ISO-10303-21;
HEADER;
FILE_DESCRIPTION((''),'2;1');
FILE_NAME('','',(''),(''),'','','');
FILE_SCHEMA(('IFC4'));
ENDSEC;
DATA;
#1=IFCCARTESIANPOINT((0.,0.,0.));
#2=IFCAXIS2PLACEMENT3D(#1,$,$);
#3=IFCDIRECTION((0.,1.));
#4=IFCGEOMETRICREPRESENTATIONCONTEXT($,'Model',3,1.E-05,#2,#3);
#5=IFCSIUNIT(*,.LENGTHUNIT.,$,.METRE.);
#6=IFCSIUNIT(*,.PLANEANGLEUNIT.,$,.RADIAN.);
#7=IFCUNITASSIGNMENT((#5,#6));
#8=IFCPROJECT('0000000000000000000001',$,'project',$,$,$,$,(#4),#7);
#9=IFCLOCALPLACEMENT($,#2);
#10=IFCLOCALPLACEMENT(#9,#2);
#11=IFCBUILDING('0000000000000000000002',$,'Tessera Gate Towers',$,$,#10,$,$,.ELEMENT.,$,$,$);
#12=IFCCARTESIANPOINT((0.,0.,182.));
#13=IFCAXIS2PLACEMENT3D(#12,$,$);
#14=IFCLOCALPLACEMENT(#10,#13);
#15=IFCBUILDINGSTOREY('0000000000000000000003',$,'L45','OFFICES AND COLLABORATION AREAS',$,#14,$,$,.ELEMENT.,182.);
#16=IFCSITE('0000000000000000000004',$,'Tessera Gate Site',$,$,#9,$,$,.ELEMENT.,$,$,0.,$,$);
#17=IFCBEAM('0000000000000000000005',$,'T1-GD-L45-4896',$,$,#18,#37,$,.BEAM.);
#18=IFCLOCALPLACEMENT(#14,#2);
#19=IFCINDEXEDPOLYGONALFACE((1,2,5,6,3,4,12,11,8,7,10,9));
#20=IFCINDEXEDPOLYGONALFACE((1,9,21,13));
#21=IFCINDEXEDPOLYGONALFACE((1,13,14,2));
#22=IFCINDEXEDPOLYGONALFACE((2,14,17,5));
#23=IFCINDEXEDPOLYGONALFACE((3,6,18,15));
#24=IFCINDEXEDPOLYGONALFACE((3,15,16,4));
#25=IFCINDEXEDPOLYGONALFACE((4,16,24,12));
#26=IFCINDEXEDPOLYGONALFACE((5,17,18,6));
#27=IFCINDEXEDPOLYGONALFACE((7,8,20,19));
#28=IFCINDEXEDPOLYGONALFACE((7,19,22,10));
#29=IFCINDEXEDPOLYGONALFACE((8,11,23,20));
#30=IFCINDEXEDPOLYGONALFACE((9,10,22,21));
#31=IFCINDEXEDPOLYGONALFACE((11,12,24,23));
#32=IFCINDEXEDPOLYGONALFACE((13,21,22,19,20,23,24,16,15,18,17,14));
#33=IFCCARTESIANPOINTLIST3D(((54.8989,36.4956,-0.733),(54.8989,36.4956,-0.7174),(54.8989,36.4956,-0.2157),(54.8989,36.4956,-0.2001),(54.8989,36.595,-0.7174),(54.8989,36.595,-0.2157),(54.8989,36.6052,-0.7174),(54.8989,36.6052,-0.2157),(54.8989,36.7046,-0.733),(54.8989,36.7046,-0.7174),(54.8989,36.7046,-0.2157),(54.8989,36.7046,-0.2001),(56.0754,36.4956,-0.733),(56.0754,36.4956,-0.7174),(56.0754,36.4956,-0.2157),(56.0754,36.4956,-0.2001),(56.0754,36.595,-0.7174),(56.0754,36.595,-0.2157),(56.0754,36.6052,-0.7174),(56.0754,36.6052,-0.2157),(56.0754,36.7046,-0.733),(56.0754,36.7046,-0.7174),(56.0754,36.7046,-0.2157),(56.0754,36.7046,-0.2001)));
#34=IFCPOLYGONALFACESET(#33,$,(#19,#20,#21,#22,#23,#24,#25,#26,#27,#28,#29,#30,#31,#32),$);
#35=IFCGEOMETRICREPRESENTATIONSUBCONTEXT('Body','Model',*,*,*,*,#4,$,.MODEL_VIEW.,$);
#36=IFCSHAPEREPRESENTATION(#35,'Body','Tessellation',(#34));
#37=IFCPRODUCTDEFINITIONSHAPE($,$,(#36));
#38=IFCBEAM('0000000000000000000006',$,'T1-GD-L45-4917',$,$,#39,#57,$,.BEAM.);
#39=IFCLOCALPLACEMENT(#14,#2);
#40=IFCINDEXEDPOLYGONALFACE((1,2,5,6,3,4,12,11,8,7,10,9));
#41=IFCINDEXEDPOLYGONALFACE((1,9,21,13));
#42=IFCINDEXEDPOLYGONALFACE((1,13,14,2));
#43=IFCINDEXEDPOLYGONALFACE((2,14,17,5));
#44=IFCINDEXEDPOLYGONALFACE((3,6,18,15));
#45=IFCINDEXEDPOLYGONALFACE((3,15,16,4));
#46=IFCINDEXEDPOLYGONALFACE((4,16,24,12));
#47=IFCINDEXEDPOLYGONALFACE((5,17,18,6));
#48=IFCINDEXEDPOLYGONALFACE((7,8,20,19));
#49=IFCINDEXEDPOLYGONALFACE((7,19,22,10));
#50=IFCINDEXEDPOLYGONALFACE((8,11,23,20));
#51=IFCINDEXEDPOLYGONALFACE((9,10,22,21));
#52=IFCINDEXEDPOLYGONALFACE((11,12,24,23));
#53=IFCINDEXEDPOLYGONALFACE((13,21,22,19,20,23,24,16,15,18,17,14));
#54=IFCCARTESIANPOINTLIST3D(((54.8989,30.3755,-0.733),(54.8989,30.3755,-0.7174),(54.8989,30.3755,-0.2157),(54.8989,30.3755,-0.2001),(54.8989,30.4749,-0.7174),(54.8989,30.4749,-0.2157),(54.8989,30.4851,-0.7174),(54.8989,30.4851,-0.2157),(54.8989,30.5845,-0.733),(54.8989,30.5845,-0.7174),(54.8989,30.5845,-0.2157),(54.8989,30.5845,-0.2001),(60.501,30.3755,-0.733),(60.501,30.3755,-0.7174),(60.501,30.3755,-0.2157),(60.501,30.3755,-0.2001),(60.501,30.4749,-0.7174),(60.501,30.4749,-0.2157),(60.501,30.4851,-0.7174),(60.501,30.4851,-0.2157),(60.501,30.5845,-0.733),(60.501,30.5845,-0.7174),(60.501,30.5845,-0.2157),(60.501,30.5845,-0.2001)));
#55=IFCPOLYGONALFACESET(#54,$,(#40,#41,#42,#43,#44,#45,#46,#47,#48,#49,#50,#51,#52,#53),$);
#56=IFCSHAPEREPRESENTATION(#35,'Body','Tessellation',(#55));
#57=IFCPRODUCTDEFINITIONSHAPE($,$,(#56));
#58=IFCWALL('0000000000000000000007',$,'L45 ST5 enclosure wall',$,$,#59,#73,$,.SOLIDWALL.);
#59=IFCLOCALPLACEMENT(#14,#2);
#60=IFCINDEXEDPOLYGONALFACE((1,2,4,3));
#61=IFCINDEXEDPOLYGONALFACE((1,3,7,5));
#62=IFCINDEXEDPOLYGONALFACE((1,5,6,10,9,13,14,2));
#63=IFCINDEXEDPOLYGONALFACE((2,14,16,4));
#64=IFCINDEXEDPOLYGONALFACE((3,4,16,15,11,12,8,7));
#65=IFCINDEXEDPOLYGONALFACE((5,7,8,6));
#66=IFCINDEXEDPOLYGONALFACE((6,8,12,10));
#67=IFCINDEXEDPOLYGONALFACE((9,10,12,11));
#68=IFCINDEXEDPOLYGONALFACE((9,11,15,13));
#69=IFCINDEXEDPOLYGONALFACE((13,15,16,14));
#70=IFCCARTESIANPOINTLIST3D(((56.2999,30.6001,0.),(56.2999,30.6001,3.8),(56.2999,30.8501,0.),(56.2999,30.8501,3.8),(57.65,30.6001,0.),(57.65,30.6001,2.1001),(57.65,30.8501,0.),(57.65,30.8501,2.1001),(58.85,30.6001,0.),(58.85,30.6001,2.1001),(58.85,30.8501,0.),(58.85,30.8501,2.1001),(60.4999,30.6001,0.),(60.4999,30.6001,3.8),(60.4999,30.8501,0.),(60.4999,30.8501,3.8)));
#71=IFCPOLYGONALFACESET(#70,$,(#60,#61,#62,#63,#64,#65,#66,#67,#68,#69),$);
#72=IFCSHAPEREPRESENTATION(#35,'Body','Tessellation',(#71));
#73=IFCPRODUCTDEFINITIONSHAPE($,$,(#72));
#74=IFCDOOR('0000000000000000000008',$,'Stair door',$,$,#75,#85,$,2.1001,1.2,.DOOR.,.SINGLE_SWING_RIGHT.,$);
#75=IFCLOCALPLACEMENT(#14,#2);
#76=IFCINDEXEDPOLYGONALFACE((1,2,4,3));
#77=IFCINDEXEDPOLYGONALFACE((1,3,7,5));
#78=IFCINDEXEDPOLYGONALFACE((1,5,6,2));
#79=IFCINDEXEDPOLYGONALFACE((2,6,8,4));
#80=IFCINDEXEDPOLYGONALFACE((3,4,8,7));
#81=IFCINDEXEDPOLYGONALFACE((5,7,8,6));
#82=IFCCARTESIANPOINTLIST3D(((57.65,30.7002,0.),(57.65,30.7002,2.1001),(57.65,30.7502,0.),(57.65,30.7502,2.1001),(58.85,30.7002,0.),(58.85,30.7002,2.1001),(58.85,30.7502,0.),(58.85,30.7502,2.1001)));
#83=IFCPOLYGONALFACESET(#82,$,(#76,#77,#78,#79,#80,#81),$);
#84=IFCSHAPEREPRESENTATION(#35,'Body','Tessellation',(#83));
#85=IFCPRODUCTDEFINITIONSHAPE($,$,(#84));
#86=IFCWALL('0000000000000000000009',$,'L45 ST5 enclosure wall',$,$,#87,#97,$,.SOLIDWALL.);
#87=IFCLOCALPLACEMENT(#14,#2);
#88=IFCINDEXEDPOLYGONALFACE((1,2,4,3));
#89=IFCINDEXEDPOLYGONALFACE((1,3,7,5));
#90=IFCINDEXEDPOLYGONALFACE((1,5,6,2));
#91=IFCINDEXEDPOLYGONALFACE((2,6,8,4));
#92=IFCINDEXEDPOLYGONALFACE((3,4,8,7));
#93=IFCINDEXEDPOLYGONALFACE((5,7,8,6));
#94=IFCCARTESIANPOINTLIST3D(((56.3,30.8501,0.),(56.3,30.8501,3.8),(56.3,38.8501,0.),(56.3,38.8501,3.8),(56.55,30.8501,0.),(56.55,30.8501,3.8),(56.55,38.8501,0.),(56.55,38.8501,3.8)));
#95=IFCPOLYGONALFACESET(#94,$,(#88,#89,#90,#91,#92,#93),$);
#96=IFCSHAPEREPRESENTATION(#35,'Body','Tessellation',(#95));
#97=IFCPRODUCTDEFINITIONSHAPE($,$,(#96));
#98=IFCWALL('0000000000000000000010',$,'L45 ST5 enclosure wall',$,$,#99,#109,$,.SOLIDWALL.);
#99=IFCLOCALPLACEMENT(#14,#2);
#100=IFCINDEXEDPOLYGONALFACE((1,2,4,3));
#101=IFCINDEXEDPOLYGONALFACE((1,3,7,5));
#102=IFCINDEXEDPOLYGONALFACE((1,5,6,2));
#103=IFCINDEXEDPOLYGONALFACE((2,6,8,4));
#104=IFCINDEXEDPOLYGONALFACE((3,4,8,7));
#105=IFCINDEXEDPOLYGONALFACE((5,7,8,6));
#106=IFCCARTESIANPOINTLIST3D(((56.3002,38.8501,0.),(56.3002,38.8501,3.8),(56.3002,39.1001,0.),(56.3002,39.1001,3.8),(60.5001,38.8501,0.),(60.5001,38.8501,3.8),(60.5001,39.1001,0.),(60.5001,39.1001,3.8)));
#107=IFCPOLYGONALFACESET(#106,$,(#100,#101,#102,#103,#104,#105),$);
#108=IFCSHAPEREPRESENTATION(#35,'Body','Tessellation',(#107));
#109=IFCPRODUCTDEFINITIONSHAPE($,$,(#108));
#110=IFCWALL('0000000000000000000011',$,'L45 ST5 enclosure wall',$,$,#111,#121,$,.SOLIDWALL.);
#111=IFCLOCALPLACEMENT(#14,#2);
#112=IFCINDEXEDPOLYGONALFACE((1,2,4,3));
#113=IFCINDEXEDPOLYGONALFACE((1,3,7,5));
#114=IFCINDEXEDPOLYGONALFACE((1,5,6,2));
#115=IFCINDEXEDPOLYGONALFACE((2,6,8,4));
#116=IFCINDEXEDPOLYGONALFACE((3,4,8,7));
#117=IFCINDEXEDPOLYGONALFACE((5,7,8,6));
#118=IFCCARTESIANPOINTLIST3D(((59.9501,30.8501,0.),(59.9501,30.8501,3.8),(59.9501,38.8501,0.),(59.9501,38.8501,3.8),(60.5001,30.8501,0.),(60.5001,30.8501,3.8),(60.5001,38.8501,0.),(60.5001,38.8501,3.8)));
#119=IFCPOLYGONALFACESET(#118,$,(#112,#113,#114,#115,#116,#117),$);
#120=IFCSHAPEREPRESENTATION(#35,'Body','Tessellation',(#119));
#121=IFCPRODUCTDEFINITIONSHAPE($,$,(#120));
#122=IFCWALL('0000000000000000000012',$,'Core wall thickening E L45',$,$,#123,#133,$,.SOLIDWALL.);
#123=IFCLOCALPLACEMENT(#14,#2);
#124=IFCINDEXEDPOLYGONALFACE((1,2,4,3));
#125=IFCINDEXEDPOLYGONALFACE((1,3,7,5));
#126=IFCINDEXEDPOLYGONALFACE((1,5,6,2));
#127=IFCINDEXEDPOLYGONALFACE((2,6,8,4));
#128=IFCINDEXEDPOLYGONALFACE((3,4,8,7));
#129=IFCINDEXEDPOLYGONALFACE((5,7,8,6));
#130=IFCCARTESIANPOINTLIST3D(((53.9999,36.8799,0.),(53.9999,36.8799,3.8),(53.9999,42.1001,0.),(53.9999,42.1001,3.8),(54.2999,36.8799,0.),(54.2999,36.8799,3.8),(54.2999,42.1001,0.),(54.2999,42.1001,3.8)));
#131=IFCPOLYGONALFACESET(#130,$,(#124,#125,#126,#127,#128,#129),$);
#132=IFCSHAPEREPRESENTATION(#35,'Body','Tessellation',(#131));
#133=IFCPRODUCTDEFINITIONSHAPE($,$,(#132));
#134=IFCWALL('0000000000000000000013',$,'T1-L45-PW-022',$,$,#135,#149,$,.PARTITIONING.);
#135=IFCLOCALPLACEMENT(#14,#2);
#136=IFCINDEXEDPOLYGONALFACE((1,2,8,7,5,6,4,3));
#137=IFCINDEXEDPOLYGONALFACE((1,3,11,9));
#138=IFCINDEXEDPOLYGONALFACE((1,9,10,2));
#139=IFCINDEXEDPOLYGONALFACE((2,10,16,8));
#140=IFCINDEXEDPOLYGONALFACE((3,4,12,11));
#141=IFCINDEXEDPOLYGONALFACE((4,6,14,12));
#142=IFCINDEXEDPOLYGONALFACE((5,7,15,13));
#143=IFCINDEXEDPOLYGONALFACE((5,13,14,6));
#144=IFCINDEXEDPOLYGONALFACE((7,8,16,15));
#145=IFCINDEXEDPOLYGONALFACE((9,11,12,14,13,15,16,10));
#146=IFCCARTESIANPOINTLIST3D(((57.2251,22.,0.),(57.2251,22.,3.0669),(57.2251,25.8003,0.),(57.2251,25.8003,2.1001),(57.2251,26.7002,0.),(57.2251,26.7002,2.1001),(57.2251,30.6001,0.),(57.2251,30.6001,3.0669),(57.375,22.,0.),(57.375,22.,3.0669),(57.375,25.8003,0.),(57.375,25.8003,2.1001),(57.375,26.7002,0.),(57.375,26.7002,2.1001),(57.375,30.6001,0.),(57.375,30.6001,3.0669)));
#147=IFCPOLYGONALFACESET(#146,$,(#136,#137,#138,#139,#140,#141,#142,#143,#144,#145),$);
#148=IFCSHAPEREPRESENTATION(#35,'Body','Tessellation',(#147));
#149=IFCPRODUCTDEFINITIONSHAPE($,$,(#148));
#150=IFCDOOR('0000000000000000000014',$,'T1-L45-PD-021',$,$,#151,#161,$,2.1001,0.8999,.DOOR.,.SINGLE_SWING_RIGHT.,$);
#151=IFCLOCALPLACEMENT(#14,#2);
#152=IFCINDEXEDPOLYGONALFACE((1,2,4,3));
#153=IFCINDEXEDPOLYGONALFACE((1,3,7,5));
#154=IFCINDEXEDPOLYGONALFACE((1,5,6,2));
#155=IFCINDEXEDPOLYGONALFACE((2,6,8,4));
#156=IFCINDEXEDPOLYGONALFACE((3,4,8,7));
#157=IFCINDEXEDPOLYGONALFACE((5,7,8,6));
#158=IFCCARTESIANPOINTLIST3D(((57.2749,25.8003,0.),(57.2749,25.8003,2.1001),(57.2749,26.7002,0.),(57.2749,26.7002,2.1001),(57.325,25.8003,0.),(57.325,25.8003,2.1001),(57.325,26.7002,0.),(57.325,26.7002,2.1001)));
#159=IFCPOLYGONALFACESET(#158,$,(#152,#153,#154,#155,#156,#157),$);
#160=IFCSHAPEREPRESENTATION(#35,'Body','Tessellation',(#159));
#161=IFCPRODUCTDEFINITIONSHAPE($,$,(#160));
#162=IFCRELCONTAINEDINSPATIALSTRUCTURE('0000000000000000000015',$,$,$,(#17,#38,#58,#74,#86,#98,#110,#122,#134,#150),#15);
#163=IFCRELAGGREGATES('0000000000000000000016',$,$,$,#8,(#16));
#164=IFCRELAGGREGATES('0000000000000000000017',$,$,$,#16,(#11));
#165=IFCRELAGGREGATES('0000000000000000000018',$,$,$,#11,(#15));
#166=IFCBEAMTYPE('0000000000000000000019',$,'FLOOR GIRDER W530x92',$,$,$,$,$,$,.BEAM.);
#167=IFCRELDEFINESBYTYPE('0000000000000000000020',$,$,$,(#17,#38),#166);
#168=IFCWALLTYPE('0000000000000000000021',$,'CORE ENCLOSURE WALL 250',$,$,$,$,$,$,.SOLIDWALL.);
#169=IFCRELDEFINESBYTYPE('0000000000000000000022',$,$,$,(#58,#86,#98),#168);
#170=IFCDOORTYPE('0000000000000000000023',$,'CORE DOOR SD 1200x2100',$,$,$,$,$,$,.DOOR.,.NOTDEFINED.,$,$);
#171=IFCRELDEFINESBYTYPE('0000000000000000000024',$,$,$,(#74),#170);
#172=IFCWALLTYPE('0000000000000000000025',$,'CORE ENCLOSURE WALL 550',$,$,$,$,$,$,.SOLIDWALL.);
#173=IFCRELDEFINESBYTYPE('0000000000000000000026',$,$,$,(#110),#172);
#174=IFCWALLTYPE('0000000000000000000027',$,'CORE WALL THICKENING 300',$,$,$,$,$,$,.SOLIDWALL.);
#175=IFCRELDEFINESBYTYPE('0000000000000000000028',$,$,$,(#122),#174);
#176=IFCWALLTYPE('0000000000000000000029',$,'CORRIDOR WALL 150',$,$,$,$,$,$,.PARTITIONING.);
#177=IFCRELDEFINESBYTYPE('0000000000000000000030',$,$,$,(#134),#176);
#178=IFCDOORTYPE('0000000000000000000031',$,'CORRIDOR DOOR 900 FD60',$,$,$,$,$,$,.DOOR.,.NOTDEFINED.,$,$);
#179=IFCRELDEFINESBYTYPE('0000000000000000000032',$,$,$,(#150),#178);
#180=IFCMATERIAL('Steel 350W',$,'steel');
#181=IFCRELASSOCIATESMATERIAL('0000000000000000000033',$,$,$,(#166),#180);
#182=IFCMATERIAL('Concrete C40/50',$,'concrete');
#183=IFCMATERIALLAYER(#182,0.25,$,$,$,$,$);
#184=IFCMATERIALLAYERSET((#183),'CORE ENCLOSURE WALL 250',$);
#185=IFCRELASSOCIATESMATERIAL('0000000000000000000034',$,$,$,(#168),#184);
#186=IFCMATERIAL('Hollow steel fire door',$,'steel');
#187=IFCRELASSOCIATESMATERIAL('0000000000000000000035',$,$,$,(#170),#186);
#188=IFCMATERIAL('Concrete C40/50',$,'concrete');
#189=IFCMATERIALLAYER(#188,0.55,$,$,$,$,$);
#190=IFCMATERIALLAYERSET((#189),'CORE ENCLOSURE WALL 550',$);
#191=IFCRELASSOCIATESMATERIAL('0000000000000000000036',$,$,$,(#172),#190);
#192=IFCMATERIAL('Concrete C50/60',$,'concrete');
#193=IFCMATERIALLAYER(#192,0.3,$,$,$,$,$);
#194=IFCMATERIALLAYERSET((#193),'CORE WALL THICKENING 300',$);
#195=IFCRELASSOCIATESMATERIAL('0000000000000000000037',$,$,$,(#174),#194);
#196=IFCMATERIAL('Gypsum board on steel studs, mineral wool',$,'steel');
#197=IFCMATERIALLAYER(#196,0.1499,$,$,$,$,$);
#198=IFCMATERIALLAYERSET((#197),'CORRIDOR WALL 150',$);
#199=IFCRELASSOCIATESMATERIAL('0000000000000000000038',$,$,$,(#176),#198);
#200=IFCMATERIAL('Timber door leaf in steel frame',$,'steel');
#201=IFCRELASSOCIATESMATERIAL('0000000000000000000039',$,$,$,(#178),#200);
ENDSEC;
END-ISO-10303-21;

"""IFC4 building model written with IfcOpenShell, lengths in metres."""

from ifc_helpers import new_model, si_unit, direction, frame, frame_2d, origin, origin_2d, place, context, subcontext, project, spatial, rectangle, i_section, extrude, source, transform, mapped, material, layer, layer_set, material_profile, profile_set, type_object, element, fill, save


model = new_model("IFC4")

# Units and contexts
model_context = context("Model", 3, precision=1e-05, world=origin(), true_north=direction((0.0, 1.0)))
body_context = subcontext(model_context, "Body", "Model", "MODEL_VIEW")
ifc_project = project(units=[si_unit("LENGTHUNIT", "METRE"), si_unit("PLANEANGLEUNIT", "RADIAN")], contexts=[model_context])

# Site, building, storey
site_placement = place(None, origin())
site = spatial("IfcSite", under=ifc_project, at=site_placement, Name="Tessera Gate Site", CompositionType="ELEMENT", RefElevation=0.0)
building_placement = place(site_placement, origin())
building = spatial("IfcBuilding", under=site, at=building_placement, Name="Tessera Gate Towers", CompositionType="ELEMENT")
storey_placement = place(building_placement, frame((0.0, 0.0, 182.0)))
storey = spatial("IfcBuildingStorey", under=building, at=storey_placement, Name="L45", Description="OFFICES AND COLLABORATION AREAS", CompositionType="ELEMENT", Elevation=182.0)

# Beams
ifc_material_1 = material(Name="Steel 350W", Category="steel")
ifc_material_profile = material_profile(ifc_material_1, i_section(OverallWidth=0.209, OverallDepth=0.533, WebThickness=0.0103, FlangeThickness=0.0156, at=origin_2d()), Name="W530x92")
ifc_profile_set = profile_set([ifc_material_profile], Name="Steel 350W")
beam_type = type_object("IfcBeamType", Name="FLOOR GIRDER W530x92", PredefinedType="BEAM", material=ifc_profile_set)
beam_1_placement = place(storey_placement, frame((54.8989, 36.6001, -0.4666), z_axis=(1.0, 0.0, 0.0), x_axis=(0.0, 1.0, 0.0)))
element("IfcBeam", 1, at=beam_1_placement, inside=storey, type_object=beam_type, Name="T1-GD-L45-4896", PredefinedType="BEAM", context=body_context, shape_type="SweptSolid", body=[
    extrude(i_section(OverallWidth=0.209, OverallDepth=0.533, WebThickness=0.0103, FlangeThickness=0.0156, at=origin_2d()), origin(), (0.0, 0.0, 1.0), 1.1765),
])
beam_2_placement = place(storey_placement, frame((54.8989, 30.48, -0.4666), z_axis=(1.0, 0.0, 0.0), x_axis=(0.0, 1.0, 0.0)))
element("IfcBeam", 2, at=beam_2_placement, inside=storey, type_object=beam_type, Name="T1-GD-L45-4917", PredefinedType="BEAM", context=body_context, shape_type="SweptSolid", body=[
    extrude(i_section(OverallWidth=0.209, OverallDepth=0.533, WebThickness=0.0103, FlangeThickness=0.0156, at=origin_2d()), origin(), (0.0, 0.0, 1.0), 5.6021),
])

# Wall, opening, door
ifc_material_2 = material(Name="Concrete C40/50", Category="concrete")
ifc_layer_1 = layer(ifc_material_2, 0.25)
ifc_layer_set_1 = layer_set([ifc_layer_1], Name="CORE ENCLOSURE WALL 250")
wall_type_1 = type_object("IfcWallType", Name="CORE ENCLOSURE WALL 250", PredefinedType="SOLIDWALL", material=ifc_layer_set_1)
wall_1_placement = place(storey_placement, frame((60.5, 30.7251, 0.0), z_axis=(0.0, 0.0, 1.0), x_axis=(-1.0, 0.0, 0.0)))
wall_1 = element("IfcWall", 3, at=wall_1_placement, inside=storey, type_object=wall_type_1, Name="L45 ST5 enclosure wall", PredefinedType="SOLIDWALL", context=body_context, shape_type="SweptSolid", body=[
    extrude(rectangle(XDim=4.2, YDim=0.25, at=frame_2d((2.1001, 0.0))), origin(), (0.0, 0.0, 1.0), 3.8),
])
shared_shape_1 = source(origin(), body_context, "Body", "SweptSolid", [
    extrude(rectangle(XDim=1.2, YDim=2.1001, at=frame_2d((0.6001, 1.05))), frame((0.0, 0.135, 0.0), z_axis=(0.0, -1.0, 0.0), x_axis=(1.0, 0.0, 0.0)), (0.0, 0.0, 1.0), 0.27),
])
opening_1_placement = place(wall_1_placement, frame((1.6499, 0.0, 0.0)))
opening_1 = element("IfcOpeningElement", 4, at=opening_1_placement, cuts=wall_1, PredefinedType="OPENING", context=body_context, shape_type="MappedRepresentation", body=[
    mapped(shared_shape_1, transform((0.0, 0.0, 0.0), scale=1.0)),
])
ifc_material_3 = material(Name="Hollow steel fire door", Category="steel")
door_type_1 = type_object("IfcDoorType", Name="CORE DOOR SD 1200x2100", OperationType="NOTDEFINED", PredefinedType="DOOR", material=ifc_material_3)
shared_shape_2 = source(origin(), body_context, "Body", "SweptSolid", [
    extrude(rectangle(XDim=1.2, YDim=2.1001, at=frame_2d((0.6001, 1.05))), frame((0.0, 0.0249, 0.0), z_axis=(0.0, -1.0, 0.0), x_axis=(1.0, 0.0, 0.0)), (0.0, 0.0, 1.0), 0.05),
])
door_1_placement = place(opening_1_placement, origin())
door_1 = element("IfcDoor", 5, at=door_1_placement, inside=storey, type_object=door_type_1, Name="Stair door", OperationType="SINGLE_SWING_RIGHT", OverallHeight=2.1001, OverallWidth=1.2, PredefinedType="DOOR", context=body_context, shape_type="MappedRepresentation", body=[
    mapped(shared_shape_2, transform((0.0, 0.0, 0.0), scale=1.0)),
])
fill(opening_1, door_1)

# Walls
wall_2_placement = place(storey_placement, frame((56.425, 30.8501, 0.0), z_axis=(0.0, 0.0, 1.0), x_axis=(0.0, 1.0, 0.0)))
element("IfcWall", 6, at=wall_2_placement, inside=storey, type_object=wall_type_1, Name="L45 ST5 enclosure wall", PredefinedType="SOLIDWALL", context=body_context, shape_type="SweptSolid", body=[
    extrude(rectangle(XDim=8.0, YDim=0.25, at=frame_2d((4.0, 0.0))), origin(), (0.0, 0.0, 1.0), 3.8),
])
wall_3_placement = place(storey_placement, frame((56.3, 38.9751, 0.0), z_axis=(0.0, 0.0, 1.0), x_axis=(1.0, 0.0, 0.0)))
element("IfcWall", 7, at=wall_3_placement, inside=storey, type_object=wall_type_1, Name="L45 ST5 enclosure wall", PredefinedType="SOLIDWALL", context=body_context, shape_type="SweptSolid", body=[
    extrude(rectangle(XDim=4.2, YDim=0.25, at=frame_2d((2.1001, 0.0))), origin(), (0.0, 0.0, 1.0), 3.8),
])
ifc_material_4 = material(Name="Concrete C40/50", Category="concrete")
ifc_layer_2 = layer(ifc_material_4, 0.55)
ifc_layer_set_2 = layer_set([ifc_layer_2], Name="CORE ENCLOSURE WALL 550")
wall_type_2 = type_object("IfcWallType", Name="CORE ENCLOSURE WALL 550", PredefinedType="SOLIDWALL", material=ifc_layer_set_2)
wall_4_placement = place(storey_placement, frame((60.2251, 38.8501, 0.0), z_axis=(0.0, 0.0, 1.0), x_axis=(0.0, -1.0, 0.0)))
element("IfcWall", 8, at=wall_4_placement, inside=storey, type_object=wall_type_2, Name="L45 ST5 enclosure wall", PredefinedType="SOLIDWALL", context=body_context, shape_type="SweptSolid", body=[
    extrude(rectangle(XDim=8.0, YDim=0.55, at=frame_2d((4.0, 0.0))), origin(), (0.0, 0.0, 1.0), 3.8),
])
ifc_material_5 = material(Name="Concrete C50/60", Category="concrete")
ifc_layer_3 = layer(ifc_material_5, 0.3)
ifc_layer_set_3 = layer_set([ifc_layer_3], Name="CORE WALL THICKENING 300")
wall_type_3 = type_object("IfcWallType", Name="CORE WALL THICKENING 300", PredefinedType="SOLIDWALL", material=ifc_layer_set_3)
wall_5_placement = place(storey_placement, frame((54.1499, 36.8799, 0.0), z_axis=(0.0, 0.0, 1.0), x_axis=(0.0, 1.0, 0.0)))
element("IfcWall", 9, at=wall_5_placement, inside=storey, type_object=wall_type_3, Name="Core wall thickening E L45", PredefinedType="SOLIDWALL", context=body_context, shape_type="SweptSolid", body=[
    extrude(rectangle(XDim=5.2202, YDim=0.3, at=frame_2d((2.6101, 0.0))), origin(), (0.0, 0.0, 1.0), 3.8),
])

# Wall, opening, door
ifc_material_6 = material(Name="Gypsum board on steel studs, mineral wool", Category="steel")
ifc_layer_4 = layer(ifc_material_6, 0.1499)
ifc_layer_set_4 = layer_set([ifc_layer_4], Name="CORRIDOR WALL 150")
wall_type_4 = type_object("IfcWallType", Name="CORRIDOR WALL 150", PredefinedType="PARTITIONING", material=ifc_layer_set_4)
wall_6_placement = place(storey_placement, frame((57.3, 30.6001, 0.0), z_axis=(0.0, 0.0, 1.0), x_axis=(0.0, -1.0, 0.0)))
wall_6 = element("IfcWall", 10, at=wall_6_placement, inside=storey, type_object=wall_type_4, Name="T1-L45-PW-022", PredefinedType="PARTITIONING", context=body_context, shape_type="SweptSolid", body=[
    extrude(rectangle(XDim=8.6001, YDim=0.1499, at=frame_2d((4.3, 0.0))), origin(), (0.0, 0.0, 1.0), 3.0669),
])
shared_shape_3 = source(origin(), body_context, "Body", "SweptSolid", [
    extrude(rectangle(XDim=0.8999, YDim=2.1001, at=frame_2d((0.45, 1.05))), frame((0.0, 0.085, 0.0), z_axis=(0.0, -1.0, 0.0), x_axis=(1.0, 0.0, 0.0)), (0.0, 0.0, 1.0), 0.1699),
])
opening_2_placement = place(wall_6_placement, frame((3.8999, 0.0, 0.0)))
opening_2 = element("IfcOpeningElement", 11, at=opening_2_placement, cuts=wall_6, PredefinedType="OPENING", context=body_context, shape_type="MappedRepresentation", body=[
    mapped(shared_shape_3, transform((0.0, 0.0, 0.0), scale=1.0)),
])
ifc_material_7 = material(Name="Timber door leaf in steel frame", Category="steel")
door_type_2 = type_object("IfcDoorType", Name="CORRIDOR DOOR 900 FD60", OperationType="NOTDEFINED", PredefinedType="DOOR", material=ifc_material_7)
shared_shape_4 = source(origin(), body_context, "Body", "SweptSolid", [
    extrude(rectangle(XDim=0.8999, YDim=2.1001, at=frame_2d((0.45, 1.05))), frame((0.0, 0.0249, 0.0), z_axis=(0.0, -1.0, 0.0), x_axis=(1.0, 0.0, 0.0)), (0.0, 0.0, 1.0), 0.05),
])
door_2_placement = place(opening_2_placement, origin())
door_2 = element("IfcDoor", 12, at=door_2_placement, inside=storey, type_object=door_type_2, Name="T1-L45-PD-021", OperationType="SINGLE_SWING_RIGHT", OverallHeight=2.1001, OverallWidth=0.8999, PredefinedType="DOOR", context=body_context, shape_type="MappedRepresentation", body=[
    mapped(shared_shape_4, transform((0.0, 0.0, 0.0), scale=1.0)),
])
fill(opening_2, door_2)

save(model, "model.ifc")
